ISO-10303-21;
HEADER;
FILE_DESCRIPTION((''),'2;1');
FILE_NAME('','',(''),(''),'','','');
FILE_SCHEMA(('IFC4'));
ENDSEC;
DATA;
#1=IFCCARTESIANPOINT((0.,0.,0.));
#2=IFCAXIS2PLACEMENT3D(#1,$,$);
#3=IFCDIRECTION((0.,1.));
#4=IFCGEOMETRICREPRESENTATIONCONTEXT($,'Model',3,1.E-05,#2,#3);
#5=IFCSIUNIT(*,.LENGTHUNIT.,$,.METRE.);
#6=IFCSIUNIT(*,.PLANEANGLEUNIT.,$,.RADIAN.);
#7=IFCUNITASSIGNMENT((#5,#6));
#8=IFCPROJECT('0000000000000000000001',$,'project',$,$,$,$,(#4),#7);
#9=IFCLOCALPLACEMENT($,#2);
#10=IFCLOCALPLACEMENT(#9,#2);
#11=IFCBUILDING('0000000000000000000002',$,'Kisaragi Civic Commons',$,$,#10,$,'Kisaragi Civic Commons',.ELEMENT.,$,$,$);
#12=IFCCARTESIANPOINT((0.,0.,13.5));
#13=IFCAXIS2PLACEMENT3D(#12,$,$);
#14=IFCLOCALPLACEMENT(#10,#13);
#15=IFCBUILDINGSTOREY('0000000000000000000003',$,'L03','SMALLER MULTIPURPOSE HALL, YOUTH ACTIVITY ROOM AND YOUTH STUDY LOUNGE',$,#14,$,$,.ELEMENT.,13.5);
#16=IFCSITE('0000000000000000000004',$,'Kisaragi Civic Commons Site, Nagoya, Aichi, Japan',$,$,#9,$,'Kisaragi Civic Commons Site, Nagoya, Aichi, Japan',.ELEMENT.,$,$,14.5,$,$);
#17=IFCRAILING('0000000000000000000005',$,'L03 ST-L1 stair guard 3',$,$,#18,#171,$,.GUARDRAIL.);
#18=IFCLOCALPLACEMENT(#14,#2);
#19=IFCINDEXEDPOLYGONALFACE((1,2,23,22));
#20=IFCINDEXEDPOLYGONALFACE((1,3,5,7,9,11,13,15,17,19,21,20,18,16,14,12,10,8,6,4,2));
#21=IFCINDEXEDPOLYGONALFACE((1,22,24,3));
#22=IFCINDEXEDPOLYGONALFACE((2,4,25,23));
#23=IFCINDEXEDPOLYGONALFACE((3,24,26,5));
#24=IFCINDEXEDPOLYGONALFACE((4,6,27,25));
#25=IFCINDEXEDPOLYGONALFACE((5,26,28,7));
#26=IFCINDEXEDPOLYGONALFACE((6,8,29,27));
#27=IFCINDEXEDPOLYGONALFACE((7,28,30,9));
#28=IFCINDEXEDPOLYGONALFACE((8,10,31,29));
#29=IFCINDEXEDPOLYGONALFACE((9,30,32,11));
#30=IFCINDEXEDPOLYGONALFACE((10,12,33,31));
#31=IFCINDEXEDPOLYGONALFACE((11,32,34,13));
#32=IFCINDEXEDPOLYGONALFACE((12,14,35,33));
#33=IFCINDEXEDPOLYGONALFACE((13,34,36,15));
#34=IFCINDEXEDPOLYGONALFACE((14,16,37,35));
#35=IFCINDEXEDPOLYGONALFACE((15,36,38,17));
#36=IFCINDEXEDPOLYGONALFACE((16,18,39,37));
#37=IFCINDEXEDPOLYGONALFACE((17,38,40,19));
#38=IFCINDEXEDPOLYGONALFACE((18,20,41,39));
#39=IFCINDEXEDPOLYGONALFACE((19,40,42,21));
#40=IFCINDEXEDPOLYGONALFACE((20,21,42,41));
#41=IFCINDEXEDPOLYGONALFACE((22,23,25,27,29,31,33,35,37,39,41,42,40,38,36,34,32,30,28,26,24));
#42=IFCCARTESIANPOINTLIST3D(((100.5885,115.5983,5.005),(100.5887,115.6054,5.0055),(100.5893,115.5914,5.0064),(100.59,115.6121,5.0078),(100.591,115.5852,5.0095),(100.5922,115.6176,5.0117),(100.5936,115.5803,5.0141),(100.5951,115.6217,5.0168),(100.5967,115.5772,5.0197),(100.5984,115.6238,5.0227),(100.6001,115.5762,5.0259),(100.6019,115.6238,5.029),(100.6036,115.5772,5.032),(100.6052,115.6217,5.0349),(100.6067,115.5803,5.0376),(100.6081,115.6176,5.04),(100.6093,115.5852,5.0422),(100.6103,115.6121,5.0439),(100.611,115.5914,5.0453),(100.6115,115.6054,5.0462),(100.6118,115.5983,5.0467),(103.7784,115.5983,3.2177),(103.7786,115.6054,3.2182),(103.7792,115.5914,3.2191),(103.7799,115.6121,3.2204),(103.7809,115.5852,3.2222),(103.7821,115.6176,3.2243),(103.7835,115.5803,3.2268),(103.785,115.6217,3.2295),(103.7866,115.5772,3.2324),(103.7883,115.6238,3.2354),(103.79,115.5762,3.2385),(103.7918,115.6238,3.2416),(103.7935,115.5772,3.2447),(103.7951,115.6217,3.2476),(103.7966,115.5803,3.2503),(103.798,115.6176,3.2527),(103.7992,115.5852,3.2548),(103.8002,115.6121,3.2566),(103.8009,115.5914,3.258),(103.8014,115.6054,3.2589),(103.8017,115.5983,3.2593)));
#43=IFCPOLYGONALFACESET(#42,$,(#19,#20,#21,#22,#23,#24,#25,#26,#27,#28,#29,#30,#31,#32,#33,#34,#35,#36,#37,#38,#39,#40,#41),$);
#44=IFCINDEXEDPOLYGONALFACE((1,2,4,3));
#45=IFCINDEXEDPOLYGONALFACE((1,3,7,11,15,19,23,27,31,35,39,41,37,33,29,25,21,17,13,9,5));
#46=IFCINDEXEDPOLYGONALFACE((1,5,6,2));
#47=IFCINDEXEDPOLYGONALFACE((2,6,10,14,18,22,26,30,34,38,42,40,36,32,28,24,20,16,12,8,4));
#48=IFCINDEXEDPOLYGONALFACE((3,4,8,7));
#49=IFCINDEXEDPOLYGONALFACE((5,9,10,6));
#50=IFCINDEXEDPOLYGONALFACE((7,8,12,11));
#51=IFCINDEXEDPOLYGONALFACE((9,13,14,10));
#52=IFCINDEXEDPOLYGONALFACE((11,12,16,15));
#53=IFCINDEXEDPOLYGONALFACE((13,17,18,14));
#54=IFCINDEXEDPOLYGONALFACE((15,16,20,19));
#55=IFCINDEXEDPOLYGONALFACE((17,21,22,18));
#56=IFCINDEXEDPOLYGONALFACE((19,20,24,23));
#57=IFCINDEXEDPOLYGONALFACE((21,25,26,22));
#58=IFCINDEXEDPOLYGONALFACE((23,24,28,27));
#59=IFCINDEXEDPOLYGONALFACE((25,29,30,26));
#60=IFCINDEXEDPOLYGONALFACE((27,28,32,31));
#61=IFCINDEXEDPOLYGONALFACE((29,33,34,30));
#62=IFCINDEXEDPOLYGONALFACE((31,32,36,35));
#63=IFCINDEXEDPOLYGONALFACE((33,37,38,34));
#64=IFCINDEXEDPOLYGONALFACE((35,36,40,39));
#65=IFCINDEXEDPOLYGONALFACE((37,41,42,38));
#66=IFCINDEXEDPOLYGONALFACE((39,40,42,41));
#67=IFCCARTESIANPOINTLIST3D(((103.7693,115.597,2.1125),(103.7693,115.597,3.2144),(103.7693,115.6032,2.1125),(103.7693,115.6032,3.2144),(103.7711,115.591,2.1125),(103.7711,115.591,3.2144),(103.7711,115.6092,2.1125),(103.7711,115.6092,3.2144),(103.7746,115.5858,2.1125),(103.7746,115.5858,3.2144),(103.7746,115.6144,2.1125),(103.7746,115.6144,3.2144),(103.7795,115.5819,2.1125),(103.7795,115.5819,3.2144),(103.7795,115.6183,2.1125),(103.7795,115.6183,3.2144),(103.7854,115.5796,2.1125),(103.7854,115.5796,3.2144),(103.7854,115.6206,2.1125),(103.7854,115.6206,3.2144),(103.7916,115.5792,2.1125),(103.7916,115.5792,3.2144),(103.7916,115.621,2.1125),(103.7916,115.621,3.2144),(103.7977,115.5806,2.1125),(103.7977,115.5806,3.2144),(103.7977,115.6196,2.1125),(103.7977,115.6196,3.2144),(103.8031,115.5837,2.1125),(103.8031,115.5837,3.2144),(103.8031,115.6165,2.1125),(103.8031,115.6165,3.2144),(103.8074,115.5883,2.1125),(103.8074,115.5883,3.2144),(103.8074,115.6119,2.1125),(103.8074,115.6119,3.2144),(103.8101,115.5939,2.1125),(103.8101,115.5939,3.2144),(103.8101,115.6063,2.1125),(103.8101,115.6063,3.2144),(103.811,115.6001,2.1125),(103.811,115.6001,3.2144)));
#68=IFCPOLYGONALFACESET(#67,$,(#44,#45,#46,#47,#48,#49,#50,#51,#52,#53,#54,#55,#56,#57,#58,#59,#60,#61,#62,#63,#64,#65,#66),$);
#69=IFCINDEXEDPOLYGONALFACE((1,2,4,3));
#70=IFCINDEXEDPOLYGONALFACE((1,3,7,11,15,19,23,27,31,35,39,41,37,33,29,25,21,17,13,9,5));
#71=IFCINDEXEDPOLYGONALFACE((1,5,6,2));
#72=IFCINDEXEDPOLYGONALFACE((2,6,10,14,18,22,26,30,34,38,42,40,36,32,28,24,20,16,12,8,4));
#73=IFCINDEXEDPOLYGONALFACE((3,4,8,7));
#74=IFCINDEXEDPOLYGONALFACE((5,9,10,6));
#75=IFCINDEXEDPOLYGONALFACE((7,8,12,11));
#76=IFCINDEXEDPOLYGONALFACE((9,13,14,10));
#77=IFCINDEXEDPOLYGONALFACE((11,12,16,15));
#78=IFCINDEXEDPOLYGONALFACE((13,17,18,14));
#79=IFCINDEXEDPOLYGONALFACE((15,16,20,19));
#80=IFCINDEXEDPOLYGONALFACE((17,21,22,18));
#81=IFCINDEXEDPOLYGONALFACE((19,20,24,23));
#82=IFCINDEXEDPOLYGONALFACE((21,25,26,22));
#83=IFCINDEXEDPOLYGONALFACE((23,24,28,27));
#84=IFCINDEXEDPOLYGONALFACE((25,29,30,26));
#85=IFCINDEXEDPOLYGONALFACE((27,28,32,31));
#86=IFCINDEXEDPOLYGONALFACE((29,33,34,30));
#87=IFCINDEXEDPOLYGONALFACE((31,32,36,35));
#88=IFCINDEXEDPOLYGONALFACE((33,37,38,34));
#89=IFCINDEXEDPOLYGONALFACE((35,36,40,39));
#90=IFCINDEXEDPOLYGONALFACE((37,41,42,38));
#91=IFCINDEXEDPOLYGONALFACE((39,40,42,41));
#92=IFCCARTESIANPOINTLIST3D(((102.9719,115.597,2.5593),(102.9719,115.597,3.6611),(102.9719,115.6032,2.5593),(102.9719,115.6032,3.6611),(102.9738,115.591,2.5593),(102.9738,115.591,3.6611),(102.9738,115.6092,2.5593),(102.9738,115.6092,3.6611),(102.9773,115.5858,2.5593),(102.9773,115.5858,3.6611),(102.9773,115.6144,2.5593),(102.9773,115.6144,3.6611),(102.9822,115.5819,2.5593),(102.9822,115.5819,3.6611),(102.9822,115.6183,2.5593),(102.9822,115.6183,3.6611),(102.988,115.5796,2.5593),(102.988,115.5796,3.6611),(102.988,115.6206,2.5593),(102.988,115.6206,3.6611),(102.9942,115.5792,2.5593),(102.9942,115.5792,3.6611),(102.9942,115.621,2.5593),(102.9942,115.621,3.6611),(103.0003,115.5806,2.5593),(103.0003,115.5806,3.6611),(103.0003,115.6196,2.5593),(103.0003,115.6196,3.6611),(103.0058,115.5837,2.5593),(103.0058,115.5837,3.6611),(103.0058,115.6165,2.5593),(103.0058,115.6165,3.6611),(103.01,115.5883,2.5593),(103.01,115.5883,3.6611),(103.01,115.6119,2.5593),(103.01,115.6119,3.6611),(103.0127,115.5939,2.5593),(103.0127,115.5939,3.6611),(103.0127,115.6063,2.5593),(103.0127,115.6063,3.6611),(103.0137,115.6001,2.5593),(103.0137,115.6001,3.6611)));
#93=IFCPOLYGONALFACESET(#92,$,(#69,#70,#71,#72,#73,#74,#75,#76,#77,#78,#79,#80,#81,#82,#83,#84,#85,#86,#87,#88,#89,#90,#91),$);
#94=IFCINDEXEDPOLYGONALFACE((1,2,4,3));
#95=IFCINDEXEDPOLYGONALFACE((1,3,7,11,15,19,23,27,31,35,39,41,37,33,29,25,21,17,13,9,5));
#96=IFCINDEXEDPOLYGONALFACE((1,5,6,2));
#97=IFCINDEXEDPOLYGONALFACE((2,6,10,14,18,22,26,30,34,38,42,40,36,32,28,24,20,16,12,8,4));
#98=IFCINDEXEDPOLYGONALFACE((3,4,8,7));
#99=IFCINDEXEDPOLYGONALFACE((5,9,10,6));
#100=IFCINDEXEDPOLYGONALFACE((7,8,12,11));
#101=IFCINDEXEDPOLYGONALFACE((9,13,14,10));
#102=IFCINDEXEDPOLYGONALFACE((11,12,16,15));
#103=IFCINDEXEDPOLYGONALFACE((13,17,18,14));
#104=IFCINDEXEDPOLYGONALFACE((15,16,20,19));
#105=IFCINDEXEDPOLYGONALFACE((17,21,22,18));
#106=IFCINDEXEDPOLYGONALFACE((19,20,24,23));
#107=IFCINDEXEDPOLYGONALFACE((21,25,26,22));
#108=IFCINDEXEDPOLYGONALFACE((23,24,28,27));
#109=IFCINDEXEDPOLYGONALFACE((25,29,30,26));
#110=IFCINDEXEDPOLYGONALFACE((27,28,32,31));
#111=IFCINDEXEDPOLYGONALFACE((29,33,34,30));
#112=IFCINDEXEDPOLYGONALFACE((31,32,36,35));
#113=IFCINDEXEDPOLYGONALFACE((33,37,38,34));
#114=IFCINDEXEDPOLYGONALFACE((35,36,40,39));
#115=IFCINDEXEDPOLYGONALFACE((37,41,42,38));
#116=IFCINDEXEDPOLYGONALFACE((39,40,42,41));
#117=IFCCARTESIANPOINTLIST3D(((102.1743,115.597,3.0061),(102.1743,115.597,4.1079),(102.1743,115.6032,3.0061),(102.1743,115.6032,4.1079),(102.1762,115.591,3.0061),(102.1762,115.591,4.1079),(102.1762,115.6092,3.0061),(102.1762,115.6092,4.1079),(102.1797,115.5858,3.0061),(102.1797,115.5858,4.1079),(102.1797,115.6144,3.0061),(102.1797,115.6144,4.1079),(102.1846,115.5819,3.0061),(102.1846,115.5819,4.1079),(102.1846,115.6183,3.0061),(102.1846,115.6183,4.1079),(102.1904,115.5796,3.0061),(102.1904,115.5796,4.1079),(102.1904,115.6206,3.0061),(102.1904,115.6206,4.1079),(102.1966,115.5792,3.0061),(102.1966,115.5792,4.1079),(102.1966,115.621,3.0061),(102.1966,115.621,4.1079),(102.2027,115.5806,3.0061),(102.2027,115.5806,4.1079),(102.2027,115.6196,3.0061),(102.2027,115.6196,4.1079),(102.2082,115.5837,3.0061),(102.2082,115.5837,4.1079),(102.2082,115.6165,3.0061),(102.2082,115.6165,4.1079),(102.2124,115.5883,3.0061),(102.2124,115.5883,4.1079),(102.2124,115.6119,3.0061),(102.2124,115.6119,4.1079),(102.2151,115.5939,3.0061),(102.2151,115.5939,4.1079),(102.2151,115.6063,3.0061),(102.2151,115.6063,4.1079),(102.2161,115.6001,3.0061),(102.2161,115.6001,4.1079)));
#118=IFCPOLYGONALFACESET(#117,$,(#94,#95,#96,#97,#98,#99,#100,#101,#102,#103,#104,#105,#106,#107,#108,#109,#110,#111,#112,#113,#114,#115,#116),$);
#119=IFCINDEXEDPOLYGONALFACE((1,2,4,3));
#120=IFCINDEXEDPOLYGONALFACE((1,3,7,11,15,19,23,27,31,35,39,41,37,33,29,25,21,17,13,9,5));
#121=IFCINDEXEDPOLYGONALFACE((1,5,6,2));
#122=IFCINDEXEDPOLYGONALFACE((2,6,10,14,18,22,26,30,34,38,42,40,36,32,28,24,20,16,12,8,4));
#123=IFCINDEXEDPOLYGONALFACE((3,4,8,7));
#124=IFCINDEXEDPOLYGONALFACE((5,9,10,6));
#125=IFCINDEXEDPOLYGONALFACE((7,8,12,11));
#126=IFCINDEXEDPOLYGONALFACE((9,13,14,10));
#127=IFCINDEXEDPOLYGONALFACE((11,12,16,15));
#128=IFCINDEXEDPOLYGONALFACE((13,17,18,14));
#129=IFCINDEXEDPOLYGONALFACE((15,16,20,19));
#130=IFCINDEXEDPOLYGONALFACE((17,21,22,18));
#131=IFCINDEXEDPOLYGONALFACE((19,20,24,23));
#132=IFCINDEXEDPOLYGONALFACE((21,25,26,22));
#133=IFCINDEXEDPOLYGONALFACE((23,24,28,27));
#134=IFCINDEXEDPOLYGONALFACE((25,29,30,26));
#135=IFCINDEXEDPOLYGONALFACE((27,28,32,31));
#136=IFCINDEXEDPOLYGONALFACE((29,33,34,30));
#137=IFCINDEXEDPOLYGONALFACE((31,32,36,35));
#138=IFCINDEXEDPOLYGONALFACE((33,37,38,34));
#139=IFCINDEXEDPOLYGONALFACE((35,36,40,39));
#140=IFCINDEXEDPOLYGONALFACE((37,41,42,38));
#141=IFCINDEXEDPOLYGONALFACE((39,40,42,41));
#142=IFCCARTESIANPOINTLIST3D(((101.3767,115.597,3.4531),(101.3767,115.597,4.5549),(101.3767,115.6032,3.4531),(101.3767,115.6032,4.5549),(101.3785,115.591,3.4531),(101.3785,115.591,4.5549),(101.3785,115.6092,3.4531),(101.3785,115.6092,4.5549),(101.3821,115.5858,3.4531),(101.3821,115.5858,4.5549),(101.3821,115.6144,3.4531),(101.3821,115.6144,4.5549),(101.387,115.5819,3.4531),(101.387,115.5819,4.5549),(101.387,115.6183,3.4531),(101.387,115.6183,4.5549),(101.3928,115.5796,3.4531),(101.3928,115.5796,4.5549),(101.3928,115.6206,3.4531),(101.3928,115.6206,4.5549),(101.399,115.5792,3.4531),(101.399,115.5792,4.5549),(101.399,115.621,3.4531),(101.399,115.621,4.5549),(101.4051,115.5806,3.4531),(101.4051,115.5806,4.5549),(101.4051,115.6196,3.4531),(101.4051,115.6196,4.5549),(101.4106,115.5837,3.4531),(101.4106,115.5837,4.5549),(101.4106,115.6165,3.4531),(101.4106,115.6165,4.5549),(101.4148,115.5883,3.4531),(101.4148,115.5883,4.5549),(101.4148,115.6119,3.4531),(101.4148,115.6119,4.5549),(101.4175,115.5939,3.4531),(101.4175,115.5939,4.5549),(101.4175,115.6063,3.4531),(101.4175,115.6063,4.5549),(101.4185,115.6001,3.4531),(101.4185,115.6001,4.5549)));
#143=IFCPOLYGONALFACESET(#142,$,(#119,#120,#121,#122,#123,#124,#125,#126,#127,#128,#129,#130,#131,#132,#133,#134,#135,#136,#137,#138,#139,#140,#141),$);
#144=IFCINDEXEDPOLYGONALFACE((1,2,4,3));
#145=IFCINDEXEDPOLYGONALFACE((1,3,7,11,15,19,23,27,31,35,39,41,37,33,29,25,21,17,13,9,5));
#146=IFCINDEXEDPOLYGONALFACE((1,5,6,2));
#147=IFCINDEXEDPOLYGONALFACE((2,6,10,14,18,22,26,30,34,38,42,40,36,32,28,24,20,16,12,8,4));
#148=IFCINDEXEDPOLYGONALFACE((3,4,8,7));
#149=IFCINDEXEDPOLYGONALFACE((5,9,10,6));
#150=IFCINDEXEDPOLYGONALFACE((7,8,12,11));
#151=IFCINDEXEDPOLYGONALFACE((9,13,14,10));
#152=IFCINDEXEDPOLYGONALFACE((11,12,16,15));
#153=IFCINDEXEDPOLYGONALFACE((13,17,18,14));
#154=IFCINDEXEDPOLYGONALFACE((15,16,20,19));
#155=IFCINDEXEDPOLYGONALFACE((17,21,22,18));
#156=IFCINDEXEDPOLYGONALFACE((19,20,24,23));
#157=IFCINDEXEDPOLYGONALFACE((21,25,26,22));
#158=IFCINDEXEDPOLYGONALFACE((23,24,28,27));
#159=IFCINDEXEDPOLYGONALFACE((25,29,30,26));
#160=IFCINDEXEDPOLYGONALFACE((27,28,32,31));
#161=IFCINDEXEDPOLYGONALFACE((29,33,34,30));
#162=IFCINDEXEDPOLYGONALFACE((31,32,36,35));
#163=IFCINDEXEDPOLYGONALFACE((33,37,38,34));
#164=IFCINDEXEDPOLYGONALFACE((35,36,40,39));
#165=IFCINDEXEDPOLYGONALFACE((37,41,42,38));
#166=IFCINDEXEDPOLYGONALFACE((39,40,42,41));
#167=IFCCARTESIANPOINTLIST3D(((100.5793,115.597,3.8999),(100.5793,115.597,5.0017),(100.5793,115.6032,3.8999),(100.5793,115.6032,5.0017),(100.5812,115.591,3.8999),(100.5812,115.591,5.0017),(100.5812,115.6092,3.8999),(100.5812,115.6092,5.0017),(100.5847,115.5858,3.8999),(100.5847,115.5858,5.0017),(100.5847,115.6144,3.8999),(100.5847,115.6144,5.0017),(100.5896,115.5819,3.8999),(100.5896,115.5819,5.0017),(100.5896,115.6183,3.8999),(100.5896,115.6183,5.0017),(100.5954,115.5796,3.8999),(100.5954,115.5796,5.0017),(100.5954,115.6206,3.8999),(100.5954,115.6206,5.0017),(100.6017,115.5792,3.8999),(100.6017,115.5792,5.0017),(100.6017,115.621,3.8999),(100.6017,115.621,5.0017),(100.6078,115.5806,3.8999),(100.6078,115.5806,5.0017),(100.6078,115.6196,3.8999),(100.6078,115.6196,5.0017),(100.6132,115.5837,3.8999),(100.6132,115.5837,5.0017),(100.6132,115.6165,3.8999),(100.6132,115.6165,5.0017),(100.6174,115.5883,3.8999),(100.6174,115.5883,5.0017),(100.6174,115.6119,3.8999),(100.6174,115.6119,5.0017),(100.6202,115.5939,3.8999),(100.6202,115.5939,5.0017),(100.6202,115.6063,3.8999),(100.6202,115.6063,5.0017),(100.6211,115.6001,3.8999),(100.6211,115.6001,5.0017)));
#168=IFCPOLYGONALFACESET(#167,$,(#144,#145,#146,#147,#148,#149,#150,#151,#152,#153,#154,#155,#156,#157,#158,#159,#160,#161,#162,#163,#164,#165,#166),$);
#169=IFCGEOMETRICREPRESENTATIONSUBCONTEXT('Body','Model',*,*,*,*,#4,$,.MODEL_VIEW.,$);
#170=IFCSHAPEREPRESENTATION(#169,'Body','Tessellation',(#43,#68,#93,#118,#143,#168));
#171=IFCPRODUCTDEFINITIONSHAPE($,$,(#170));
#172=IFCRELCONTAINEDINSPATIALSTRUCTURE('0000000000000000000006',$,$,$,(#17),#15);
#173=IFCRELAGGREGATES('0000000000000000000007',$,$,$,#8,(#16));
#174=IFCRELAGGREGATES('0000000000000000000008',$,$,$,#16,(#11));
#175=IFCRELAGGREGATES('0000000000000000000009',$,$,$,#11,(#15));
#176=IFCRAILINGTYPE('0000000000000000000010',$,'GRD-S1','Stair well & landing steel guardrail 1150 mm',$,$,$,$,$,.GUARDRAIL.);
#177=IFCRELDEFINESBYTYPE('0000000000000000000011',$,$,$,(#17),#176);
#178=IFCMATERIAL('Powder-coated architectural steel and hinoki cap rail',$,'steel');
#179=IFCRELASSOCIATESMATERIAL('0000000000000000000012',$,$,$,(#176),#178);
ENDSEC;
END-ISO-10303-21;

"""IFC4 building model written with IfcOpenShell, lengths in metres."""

from ifc_helpers import new_model, si_unit, direction, frame, origin, origin_2d, place, context, subcontext, project, spatial, circle, extrude, material, type_object, element, save


model = new_model("IFC4")

# Units and contexts
model_context = context("Model", 3, precision=1e-05, world=origin(), true_north=direction((0.0, 1.0)))
body_context = subcontext(model_context, "Body", "Model", "MODEL_VIEW")
ifc_project = project(units=[si_unit("LENGTHUNIT", "METRE"), si_unit("PLANEANGLEUNIT", "RADIAN")], contexts=[model_context])

# Site, building, storey
site_placement = place(None, origin())
site = spatial("IfcSite", under=ifc_project, at=site_placement, Name="Kisaragi Civic Commons Site, Nagoya, Aichi, Japan", LongName="Kisaragi Civic Commons Site, Nagoya, Aichi, Japan", CompositionType="ELEMENT", RefElevation=14.5)
building_placement = place(site_placement, origin())
building = spatial("IfcBuilding", under=site, at=building_placement, Name="Kisaragi Civic Commons", LongName="Kisaragi Civic Commons", CompositionType="ELEMENT")
storey_placement = place(building_placement, frame((0.0, 0.0, 13.5)))
storey = spatial("IfcBuildingStorey", under=building, at=storey_placement, Name="L03", Description="SMALLER MULTIPURPOSE HALL, YOUTH ACTIVITY ROOM AND YOUTH STUDY LOUNGE", CompositionType="ELEMENT", Elevation=13.5)

# Railing
ifc_material_1 = material(Name="Powder-coated architectural steel and hinoki cap rail", Category="steel")
railing_type_1 = type_object("IfcRailingType", Name="GRD-S1", Description="Stair well & landing steel guardrail 1150 mm", PredefinedType="GUARDRAIL", material=ifc_material_1)
railing_1_placement = place(storey_placement, frame((103.79, 115.6001, 2.1125)))
element("IfcRailing", 1, at=railing_1_placement, inside=storey, type_object=railing_type_1, Name="L03 ST-L1 stair guard 3", PredefinedType="GUARDRAIL", context=body_context, shape_type="SweptSolid", body=[
    extrude(circle(Radius=0.0239, at=origin_2d()), frame((0.0, 0.0, 1.126), z_axis=(-0.872391, 0.0, 0.488809), x_axis=(0.0, -1.0, 0.0)), (0.0, 0.0, 1.0), 3.6565),
    extrude(circle(Radius=0.021, at=origin_2d()), origin(), (0.0, 0.0, 1.0), 1.1018),
    extrude(circle(Radius=0.021, at=origin_2d()), frame((-0.7974, 0.0, 0.4468)), (0.0, 0.0, 1.0), 1.1018),
    extrude(circle(Radius=0.021, at=origin_2d()), frame((-1.595, 0.0, 0.8936)), (0.0, 0.0, 1.0), 1.1018),
    extrude(circle(Radius=0.021, at=origin_2d()), frame((-2.3926, 0.0, 1.3406)), (0.0, 0.0, 1.0), 1.1018),
    extrude(circle(Radius=0.021, at=origin_2d()), frame((-3.1899, 0.0, 1.7874)), (0.0, 0.0, 1.0), 1.1018),
])

save(model, "model.ifc")
